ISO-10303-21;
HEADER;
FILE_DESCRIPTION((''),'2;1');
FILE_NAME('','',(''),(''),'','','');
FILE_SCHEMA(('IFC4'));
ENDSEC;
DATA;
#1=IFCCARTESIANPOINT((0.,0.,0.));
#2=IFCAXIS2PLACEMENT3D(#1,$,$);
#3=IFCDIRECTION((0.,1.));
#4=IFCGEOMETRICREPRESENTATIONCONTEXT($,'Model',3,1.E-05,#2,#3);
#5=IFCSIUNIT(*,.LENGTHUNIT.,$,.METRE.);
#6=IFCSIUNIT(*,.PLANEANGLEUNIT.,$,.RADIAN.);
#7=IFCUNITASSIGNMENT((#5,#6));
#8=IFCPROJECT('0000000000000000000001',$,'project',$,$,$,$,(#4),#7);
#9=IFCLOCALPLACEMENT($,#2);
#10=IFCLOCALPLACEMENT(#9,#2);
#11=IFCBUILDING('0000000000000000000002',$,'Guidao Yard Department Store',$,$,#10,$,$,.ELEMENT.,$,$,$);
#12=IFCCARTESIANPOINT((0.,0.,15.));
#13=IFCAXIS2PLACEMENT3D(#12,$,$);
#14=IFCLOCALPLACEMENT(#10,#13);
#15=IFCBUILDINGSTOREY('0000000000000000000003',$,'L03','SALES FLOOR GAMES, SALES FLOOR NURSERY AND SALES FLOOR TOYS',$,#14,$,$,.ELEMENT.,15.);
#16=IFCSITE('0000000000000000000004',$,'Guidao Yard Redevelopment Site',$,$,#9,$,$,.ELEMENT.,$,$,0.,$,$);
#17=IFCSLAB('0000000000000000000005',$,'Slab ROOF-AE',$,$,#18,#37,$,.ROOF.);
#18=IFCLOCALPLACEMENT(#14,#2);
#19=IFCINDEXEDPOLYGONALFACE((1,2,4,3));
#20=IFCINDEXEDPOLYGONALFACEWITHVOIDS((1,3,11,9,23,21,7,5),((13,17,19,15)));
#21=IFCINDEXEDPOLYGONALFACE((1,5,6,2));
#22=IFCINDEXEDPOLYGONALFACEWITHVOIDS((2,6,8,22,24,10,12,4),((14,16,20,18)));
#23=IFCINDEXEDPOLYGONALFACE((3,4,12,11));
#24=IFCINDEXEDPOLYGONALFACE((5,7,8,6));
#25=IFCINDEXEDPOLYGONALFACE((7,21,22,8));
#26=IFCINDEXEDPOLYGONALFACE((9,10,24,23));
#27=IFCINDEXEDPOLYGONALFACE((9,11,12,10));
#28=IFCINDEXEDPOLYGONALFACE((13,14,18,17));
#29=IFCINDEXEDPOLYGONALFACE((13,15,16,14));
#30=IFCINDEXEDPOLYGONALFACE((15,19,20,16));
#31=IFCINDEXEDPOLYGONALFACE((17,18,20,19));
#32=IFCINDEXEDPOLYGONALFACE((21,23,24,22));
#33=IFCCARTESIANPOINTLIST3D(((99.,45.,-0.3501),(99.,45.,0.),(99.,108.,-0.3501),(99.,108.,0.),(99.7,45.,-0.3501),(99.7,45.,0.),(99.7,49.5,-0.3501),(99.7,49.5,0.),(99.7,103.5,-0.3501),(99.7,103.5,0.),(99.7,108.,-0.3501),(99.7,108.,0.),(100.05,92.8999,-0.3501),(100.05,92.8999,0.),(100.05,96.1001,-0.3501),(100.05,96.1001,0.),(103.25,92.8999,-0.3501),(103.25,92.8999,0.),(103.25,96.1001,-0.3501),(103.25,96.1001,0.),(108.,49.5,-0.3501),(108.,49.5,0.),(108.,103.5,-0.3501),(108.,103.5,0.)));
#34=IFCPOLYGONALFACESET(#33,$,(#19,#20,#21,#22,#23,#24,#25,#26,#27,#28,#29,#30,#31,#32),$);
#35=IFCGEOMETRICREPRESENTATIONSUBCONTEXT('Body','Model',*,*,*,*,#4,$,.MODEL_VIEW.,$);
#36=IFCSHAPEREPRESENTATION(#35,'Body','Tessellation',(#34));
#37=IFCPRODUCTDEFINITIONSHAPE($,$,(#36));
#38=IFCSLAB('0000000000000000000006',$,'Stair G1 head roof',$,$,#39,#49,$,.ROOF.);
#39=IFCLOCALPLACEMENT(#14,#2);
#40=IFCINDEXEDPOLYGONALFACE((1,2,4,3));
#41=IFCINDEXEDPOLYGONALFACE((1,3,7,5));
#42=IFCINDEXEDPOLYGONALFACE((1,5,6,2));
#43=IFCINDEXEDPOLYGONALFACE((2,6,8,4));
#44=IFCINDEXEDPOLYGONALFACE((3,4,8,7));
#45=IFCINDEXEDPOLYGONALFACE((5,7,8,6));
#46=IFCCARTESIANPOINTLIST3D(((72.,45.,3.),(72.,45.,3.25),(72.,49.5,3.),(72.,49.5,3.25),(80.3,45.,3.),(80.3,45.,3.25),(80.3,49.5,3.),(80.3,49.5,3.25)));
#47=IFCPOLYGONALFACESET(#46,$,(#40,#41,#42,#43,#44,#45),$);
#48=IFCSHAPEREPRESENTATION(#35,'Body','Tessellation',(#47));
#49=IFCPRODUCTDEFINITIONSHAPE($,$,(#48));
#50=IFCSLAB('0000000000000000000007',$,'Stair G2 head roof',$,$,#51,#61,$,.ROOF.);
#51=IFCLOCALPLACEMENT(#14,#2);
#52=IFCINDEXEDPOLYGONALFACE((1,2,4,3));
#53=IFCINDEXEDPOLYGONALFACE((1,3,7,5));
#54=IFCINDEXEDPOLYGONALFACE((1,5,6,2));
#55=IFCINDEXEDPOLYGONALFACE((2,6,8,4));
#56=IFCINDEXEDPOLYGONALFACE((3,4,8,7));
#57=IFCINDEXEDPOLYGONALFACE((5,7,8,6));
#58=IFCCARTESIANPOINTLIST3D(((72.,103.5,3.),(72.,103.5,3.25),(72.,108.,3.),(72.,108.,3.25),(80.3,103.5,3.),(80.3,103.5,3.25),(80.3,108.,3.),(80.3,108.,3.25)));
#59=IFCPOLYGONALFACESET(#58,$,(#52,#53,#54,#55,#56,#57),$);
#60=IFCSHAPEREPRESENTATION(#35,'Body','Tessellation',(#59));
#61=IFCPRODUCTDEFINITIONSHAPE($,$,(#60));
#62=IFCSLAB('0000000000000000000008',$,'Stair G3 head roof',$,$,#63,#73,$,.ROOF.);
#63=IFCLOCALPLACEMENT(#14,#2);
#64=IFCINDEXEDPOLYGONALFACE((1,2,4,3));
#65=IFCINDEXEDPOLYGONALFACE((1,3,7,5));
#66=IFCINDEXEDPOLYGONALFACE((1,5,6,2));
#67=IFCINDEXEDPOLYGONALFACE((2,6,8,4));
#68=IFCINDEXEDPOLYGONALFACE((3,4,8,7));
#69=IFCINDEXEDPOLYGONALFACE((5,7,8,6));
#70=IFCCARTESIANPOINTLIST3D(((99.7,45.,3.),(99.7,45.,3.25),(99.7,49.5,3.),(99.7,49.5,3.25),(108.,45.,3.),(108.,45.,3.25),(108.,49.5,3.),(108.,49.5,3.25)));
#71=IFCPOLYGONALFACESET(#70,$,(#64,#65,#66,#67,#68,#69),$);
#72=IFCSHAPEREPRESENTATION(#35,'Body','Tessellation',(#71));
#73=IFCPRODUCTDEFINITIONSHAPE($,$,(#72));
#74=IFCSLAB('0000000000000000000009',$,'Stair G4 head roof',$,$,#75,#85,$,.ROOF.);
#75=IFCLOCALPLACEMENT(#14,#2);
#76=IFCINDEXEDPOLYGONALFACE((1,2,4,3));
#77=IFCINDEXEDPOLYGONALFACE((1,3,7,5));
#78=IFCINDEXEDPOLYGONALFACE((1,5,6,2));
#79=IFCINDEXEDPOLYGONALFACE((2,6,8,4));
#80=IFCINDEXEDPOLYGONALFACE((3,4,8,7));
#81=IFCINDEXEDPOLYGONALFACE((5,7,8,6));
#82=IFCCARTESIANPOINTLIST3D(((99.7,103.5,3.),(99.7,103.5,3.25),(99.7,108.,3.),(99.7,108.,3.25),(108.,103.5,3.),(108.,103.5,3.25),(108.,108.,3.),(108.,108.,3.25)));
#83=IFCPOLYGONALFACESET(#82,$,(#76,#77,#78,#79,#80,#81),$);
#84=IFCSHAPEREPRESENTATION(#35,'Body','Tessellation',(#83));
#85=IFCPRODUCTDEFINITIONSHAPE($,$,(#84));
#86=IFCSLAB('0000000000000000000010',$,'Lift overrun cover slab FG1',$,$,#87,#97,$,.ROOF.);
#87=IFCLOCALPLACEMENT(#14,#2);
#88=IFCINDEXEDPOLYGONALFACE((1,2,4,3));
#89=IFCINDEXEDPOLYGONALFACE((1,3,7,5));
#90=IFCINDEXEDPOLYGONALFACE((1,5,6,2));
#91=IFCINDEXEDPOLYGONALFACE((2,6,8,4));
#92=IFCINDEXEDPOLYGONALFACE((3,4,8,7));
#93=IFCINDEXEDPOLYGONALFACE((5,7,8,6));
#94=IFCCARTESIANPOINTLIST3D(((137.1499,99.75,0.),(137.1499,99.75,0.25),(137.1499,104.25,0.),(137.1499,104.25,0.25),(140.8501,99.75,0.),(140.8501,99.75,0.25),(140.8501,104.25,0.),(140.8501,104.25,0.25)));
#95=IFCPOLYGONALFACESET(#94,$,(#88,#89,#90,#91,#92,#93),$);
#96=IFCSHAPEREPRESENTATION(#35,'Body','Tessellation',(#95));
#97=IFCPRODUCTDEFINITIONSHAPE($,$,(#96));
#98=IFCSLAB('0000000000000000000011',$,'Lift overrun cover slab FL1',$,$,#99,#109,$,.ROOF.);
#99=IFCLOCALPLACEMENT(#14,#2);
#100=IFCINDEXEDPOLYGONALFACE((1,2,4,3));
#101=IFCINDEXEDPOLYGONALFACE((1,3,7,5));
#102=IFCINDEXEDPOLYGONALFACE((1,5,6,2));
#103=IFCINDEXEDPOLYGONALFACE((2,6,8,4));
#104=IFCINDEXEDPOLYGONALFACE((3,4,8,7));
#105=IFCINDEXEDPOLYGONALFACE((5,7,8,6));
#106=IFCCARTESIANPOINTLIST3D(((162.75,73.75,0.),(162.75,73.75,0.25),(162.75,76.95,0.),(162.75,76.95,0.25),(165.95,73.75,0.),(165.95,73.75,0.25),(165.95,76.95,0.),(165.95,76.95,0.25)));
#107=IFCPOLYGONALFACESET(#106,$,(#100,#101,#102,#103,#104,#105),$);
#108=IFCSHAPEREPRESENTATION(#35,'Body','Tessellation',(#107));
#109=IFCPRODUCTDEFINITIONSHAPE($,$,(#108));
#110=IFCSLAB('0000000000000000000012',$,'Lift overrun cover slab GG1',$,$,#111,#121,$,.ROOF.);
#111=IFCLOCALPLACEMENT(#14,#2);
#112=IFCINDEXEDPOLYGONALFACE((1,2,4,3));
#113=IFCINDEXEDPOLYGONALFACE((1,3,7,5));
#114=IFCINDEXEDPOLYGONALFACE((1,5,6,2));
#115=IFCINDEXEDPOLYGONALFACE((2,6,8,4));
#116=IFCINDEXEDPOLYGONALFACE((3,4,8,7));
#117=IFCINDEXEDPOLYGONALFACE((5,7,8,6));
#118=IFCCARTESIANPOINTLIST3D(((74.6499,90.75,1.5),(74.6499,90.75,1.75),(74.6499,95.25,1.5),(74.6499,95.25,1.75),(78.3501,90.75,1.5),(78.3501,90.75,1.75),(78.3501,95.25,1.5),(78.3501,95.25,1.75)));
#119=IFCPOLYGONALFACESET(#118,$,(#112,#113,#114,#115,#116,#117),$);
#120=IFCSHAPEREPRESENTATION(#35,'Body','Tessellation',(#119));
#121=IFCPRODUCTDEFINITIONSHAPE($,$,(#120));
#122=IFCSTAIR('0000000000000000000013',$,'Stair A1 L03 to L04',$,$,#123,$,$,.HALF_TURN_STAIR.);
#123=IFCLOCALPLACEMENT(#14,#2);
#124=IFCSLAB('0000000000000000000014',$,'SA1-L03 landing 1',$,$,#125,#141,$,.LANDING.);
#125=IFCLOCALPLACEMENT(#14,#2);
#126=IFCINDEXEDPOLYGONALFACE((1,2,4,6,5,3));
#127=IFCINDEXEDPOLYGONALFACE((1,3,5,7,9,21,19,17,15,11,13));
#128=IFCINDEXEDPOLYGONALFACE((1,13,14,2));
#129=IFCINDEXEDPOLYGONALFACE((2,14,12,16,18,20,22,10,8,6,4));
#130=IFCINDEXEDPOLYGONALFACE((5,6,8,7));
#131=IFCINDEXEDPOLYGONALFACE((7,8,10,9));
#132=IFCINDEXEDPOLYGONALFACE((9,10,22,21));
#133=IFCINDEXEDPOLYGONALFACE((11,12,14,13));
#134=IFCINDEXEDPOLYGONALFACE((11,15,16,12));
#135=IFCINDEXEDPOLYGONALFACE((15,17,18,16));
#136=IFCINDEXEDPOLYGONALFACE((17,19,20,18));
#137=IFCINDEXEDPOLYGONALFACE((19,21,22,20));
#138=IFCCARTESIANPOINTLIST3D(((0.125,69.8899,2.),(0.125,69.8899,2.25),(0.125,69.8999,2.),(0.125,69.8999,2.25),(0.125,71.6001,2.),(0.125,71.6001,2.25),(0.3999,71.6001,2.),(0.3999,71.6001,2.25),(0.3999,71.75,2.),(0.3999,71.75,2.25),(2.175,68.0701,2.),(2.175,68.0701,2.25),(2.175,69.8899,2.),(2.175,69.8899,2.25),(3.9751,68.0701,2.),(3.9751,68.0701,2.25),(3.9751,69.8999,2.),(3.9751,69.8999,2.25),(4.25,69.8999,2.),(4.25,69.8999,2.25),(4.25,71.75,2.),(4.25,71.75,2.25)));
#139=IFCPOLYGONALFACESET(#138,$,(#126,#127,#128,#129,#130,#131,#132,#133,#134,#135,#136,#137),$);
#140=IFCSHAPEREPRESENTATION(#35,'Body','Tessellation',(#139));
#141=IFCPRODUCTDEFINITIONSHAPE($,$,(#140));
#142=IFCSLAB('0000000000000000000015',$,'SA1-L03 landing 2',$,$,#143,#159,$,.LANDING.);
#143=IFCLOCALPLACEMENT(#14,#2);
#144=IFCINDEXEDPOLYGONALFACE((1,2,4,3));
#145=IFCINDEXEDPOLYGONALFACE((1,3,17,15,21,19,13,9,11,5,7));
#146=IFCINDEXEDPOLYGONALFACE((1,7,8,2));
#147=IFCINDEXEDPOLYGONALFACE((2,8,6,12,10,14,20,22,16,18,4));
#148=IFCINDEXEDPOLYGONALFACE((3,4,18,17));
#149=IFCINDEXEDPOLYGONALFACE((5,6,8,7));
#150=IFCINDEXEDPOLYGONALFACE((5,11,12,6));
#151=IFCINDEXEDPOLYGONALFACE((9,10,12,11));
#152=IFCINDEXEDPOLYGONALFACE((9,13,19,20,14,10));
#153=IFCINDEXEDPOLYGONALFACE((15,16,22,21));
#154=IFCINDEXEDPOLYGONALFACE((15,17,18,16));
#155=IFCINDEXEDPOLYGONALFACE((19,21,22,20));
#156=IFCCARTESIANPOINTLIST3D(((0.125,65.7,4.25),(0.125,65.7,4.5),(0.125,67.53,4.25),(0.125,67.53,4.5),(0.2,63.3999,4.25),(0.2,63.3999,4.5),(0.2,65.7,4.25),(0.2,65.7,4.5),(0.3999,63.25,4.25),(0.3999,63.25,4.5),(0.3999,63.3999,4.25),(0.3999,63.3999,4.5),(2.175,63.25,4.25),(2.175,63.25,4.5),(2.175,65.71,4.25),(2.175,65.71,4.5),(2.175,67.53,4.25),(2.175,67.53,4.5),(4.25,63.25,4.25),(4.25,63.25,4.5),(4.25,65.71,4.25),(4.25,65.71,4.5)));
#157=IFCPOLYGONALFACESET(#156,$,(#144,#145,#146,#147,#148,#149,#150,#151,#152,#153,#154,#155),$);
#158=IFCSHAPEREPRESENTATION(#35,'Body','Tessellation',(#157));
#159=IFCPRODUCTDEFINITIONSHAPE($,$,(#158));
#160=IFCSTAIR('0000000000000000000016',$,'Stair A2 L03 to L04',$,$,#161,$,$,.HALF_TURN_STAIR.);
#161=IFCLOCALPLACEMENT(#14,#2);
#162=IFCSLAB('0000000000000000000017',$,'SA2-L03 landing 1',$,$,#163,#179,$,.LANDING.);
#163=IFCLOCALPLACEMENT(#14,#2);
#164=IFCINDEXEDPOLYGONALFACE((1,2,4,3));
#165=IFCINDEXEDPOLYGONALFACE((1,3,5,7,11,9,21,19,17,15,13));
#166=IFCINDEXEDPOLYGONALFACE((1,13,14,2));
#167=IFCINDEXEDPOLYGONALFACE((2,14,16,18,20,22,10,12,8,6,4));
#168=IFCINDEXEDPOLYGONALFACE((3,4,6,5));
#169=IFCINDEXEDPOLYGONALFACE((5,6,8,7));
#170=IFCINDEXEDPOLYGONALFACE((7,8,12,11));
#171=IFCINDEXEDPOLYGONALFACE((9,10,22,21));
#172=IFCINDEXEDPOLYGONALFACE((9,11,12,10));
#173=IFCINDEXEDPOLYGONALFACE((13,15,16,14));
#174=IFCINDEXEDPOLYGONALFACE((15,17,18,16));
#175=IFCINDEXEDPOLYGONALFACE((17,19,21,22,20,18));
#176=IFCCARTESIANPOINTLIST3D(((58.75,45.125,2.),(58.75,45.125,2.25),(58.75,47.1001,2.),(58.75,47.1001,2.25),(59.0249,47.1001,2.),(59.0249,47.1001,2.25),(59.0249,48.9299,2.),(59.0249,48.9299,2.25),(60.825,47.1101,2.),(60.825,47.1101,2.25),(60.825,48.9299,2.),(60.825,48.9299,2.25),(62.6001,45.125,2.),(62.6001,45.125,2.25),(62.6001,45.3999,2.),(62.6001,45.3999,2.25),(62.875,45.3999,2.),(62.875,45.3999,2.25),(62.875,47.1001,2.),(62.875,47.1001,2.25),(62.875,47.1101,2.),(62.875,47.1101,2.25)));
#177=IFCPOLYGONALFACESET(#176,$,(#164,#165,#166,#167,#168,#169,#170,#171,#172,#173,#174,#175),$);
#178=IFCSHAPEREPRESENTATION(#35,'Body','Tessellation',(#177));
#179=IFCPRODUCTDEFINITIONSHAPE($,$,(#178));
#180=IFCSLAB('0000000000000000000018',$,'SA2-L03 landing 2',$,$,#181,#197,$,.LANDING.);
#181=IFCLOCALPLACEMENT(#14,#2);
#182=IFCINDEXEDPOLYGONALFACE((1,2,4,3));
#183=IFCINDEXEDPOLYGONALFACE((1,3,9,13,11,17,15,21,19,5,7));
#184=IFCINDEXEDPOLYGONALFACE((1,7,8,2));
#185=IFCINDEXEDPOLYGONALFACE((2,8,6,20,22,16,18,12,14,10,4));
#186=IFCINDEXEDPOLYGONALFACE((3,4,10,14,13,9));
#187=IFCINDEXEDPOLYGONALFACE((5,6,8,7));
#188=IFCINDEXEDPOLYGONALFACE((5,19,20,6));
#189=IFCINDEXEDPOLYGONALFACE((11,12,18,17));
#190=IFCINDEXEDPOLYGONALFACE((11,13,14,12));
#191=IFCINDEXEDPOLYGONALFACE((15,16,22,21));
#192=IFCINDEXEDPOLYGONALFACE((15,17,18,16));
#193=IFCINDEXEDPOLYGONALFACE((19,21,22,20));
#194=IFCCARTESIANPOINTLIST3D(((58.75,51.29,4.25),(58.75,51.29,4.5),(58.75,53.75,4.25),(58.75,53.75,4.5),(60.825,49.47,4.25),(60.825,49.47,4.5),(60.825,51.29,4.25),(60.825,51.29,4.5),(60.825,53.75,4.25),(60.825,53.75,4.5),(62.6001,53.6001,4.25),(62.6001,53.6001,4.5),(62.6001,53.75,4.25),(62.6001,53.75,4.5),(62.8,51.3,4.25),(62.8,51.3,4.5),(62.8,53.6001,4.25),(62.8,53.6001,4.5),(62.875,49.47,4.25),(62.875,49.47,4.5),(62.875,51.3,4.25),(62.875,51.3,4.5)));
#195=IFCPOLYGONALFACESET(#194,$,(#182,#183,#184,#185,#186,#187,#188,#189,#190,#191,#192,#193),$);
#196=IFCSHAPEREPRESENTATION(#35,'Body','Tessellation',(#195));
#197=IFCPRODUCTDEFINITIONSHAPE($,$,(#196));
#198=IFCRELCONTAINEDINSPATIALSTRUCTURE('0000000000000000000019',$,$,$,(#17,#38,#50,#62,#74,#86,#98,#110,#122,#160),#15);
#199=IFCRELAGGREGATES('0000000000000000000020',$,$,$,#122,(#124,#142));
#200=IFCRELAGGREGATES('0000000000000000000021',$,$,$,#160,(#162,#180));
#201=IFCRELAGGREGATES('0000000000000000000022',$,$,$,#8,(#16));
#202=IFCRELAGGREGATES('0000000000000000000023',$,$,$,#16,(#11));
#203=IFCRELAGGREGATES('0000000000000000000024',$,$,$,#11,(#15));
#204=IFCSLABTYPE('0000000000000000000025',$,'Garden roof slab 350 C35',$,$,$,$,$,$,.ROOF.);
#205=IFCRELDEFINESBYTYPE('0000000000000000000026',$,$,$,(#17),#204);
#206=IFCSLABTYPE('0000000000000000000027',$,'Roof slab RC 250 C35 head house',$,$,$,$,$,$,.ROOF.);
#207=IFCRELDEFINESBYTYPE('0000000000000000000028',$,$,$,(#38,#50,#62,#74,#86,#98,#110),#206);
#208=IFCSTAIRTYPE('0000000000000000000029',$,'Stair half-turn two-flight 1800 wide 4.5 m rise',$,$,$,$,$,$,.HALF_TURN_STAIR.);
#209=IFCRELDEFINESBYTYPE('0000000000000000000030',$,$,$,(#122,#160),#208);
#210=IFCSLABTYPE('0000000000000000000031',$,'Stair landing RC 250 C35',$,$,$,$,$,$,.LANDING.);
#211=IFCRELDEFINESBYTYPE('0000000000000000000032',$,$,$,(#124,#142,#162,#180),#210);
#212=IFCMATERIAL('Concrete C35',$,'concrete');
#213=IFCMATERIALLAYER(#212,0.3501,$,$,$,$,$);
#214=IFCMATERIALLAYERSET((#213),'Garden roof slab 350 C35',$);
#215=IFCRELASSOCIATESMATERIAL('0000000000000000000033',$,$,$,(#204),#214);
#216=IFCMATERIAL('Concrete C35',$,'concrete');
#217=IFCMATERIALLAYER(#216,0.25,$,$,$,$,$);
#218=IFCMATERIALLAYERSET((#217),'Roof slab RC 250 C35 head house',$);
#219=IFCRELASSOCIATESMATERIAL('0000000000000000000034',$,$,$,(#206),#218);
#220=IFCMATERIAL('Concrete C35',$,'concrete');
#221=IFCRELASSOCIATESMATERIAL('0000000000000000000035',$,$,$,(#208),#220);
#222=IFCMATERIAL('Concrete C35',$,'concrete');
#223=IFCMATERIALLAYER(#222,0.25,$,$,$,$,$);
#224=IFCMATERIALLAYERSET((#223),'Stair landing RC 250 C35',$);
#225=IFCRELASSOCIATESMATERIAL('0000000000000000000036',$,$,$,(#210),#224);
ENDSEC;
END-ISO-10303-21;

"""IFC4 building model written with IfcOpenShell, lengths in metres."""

from ifc_helpers import new_model, si_unit, direction, frame, origin, place, context, subcontext, project, spatial, polyline, outline, extrude, material, layer, layer_set, type_object, element, aggregate, save


model = new_model("IFC4")

# Units and contexts
model_context = context("Model", 3, precision=1e-05, world=origin(), true_north=direction((0.0, 1.0)))
body_context = subcontext(model_context, "Body", "Model", "MODEL_VIEW")
ifc_project = project(units=[si_unit("LENGTHUNIT", "METRE"), si_unit("PLANEANGLEUNIT", "RADIAN")], contexts=[model_context])

# Site, building, storey
site_placement = place(None, origin())
site = spatial("IfcSite", under=ifc_project, at=site_placement, Name="Guidao Yard Redevelopment Site", CompositionType="ELEMENT", RefElevation=0.0)
building_placement = place(site_placement, origin())
building = spatial("IfcBuilding", under=site, at=building_placement, Name="Guidao Yard Department Store", CompositionType="ELEMENT")
storey_placement = place(building_placement, frame((0.0, 0.0, 15.0)))
storey = spatial("IfcBuildingStorey", under=building, at=storey_placement, Name="L03", Description="SALES FLOOR GAMES, SALES FLOOR NURSERY AND SALES FLOOR TOYS", CompositionType="ELEMENT", Elevation=15.0)

# Slabs
ifc_material_1 = material(Name="Concrete C35", Category="concrete")
ifc_layer_1 = layer(ifc_material_1, 0.3501)
ifc_layer_set_1 = layer_set([ifc_layer_1], Name="Garden roof slab 350 C35")
slab_type_1 = type_object("IfcSlabType", Name="Garden roof slab 350 C35", PredefinedType="ROOF", material=ifc_layer_set_1)
slab_1_placement = place(storey_placement, frame((0.0, 0.0, -0.3501)))
element("IfcSlab", 1, at=slab_1_placement, inside=storey, type_object=slab_type_1, Name="Slab ROOF-AE", PredefinedType="ROOF", context=body_context, shape_type="SweptSolid", body=[
    extrude(outline(polyline([(99.7, 103.5), (108.0, 103.5), (108.0, 49.5), (99.7, 49.5), (99.7, 45.0), (99.0, 45.0), (99.0, 108.0), (99.7, 108.0), (99.7, 103.5)]), holes=[polyline([(103.25, 92.8999), (103.25, 96.1001), (100.05, 96.1001), (100.05, 92.8999), (103.25, 92.8999)])]), origin(), (0.0, 0.0, 1.0), 0.3501),
])
ifc_material_2 = material(Name="Concrete C35", Category="concrete")
ifc_layer_2 = layer(ifc_material_2, 0.25)
ifc_layer_set_2 = layer_set([ifc_layer_2], Name="Roof slab RC 250 C35 head house")
slab_type_2 = type_object("IfcSlabType", Name="Roof slab RC 250 C35 head house", PredefinedType="ROOF", material=ifc_layer_set_2)
slab_2_placement = place(storey_placement, frame((0.0, 0.0, 3.0)))
element("IfcSlab", 2, at=slab_2_placement, inside=storey, type_object=slab_type_2, Name="Stair G1 head roof", PredefinedType="ROOF", context=body_context, shape_type="SweptSolid", body=[
    extrude(outline(polyline([(72.0, 45.0), (80.3, 45.0), (80.3, 49.5), (72.0, 49.5), (72.0, 45.0)])), origin(), (0.0, 0.0, 1.0), 0.25),
])
slab_3_placement = place(storey_placement, frame((0.0, 0.0, 3.0)))
element("IfcSlab", 3, at=slab_3_placement, inside=storey, type_object=slab_type_2, Name="Stair G2 head roof", PredefinedType="ROOF", context=body_context, shape_type="SweptSolid", body=[
    extrude(outline(polyline([(72.0, 103.5), (80.3, 103.5), (80.3, 108.0), (72.0, 108.0), (72.0, 103.5)])), origin(), (0.0, 0.0, 1.0), 0.25),
])
slab_4_placement = place(storey_placement, frame((0.0, 0.0, 3.0)))
element("IfcSlab", 4, at=slab_4_placement, inside=storey, type_object=slab_type_2, Name="Stair G3 head roof", PredefinedType="ROOF", context=body_context, shape_type="SweptSolid", body=[
    extrude(outline(polyline([(99.7, 45.0), (108.0, 45.0), (108.0, 49.5), (99.7, 49.5), (99.7, 45.0)])), origin(), (0.0, 0.0, 1.0), 0.25),
])
slab_5_placement = place(storey_placement, frame((0.0, 0.0, 3.0)))
element("IfcSlab", 5, at=slab_5_placement, inside=storey, type_object=slab_type_2, Name="Stair G4 head roof", PredefinedType="ROOF", context=body_context, shape_type="SweptSolid", body=[
    extrude(outline(polyline([(99.7, 103.5), (108.0, 103.5), (108.0, 108.0), (99.7, 108.0), (99.7, 103.5)])), origin(), (0.0, 0.0, 1.0), 0.25),
])
slab_6_placement = place(storey_placement, origin())
element("IfcSlab", 6, at=slab_6_placement, inside=storey, type_object=slab_type_2, Name="Lift overrun cover slab FG1", PredefinedType="ROOF", context=body_context, shape_type="SweptSolid", body=[
    extrude(outline(polyline([(137.1499, 99.75), (140.8501, 99.75), (140.8501, 104.25), (137.1499, 104.25), (137.1499, 99.75)])), origin(), (0.0, 0.0, 1.0), 0.25),
])
slab_7_placement = place(storey_placement, origin())
element("IfcSlab", 7, at=slab_7_placement, inside=storey, type_object=slab_type_2, Name="Lift overrun cover slab FL1", PredefinedType="ROOF", context=body_context, shape_type="SweptSolid", body=[
    extrude(outline(polyline([(162.75, 73.75), (165.95, 73.75), (165.95, 76.95), (162.75, 76.95), (162.75, 73.75)])), origin(), (0.0, 0.0, 1.0), 0.25),
])
slab_8_placement = place(storey_placement, frame((0.0, 0.0, 1.5)))
element("IfcSlab", 8, at=slab_8_placement, inside=storey, type_object=slab_type_2, Name="Lift overrun cover slab GG1", PredefinedType="ROOF", context=body_context, shape_type="SweptSolid", body=[
    extrude(outline(polyline([(74.6499, 90.75), (78.3501, 90.75), (78.3501, 95.25), (74.6499, 95.25), (74.6499, 90.75)])), origin(), (0.0, 0.0, 1.0), 0.25),
])

# Stairs, slabs
ifc_material_3 = material(Name="Concrete C35", Category="concrete")
stair_type_1 = type_object("IfcStairType", Name="Stair half-turn two-flight 1800 wide 4.5 m rise", PredefinedType="HALF_TURN_STAIR", material=ifc_material_3)
stair_1_placement = place(storey_placement, origin())
stair_1 = element("IfcStair", 9, at=stair_1_placement, inside=storey, type_object=stair_type_1, Name="Stair A1 L03 to L04", PredefinedType="HALF_TURN_STAIR")
ifc_material_4 = material(Name="Concrete C35", Category="concrete")
ifc_layer_3 = layer(ifc_material_4, 0.25)
ifc_layer_set_3 = layer_set([ifc_layer_3], Name="Stair landing RC 250 C35")
slab_type_3 = type_object("IfcSlabType", Name="Stair landing RC 250 C35", PredefinedType="LANDING", material=ifc_layer_set_3)
slab_9_placement = place(storey_placement, frame((0.0, 0.0, 2.0)))
slab_9 = element("IfcSlab", 10, at=slab_9_placement, type_object=slab_type_3, Name="SA1-L03 landing 1", PredefinedType="LANDING", context=body_context, shape_type="SweptSolid", body=[
    extrude(outline(polyline([(2.175, 69.8899), (0.125, 69.8899), (0.125, 69.8999), (0.125, 71.6001), (0.3999, 71.6001), (0.3999, 71.75), (4.25, 71.75), (4.25, 69.8999), (3.9751, 69.8999), (3.9751, 68.0701), (2.175, 68.0701), (2.175, 69.8899)])), origin(), (0.0, 0.0, 1.0), 0.25),
])
slab_10_placement = place(storey_placement, frame((0.0, 0.0, 4.25)))
slab_10 = element("IfcSlab", 11, at=slab_10_placement, type_object=slab_type_3, Name="SA1-L03 landing 2", PredefinedType="LANDING", context=body_context, shape_type="SweptSolid", body=[
    extrude(outline(polyline([(0.125, 65.7), (0.125, 67.53), (2.175, 67.53), (2.175, 65.71), (4.25, 65.71), (4.25, 63.25), (2.175, 63.25), (0.3999, 63.25), (0.3999, 63.3999), (0.2, 63.3999), (0.2, 65.7), (0.125, 65.7)])), origin(), (0.0, 0.0, 1.0), 0.25),
])
aggregate(stair_1, [slab_9, slab_10])
stair_2_placement = place(storey_placement, origin())
stair_2 = element("IfcStair", 12, at=stair_2_placement, inside=storey, type_object=stair_type_1, Name="Stair A2 L03 to L04", PredefinedType="HALF_TURN_STAIR")
slab_11_placement = place(storey_placement, frame((0.0, 0.0, 2.0)))
slab_11 = element("IfcSlab", 13, at=slab_11_placement, type_object=slab_type_3, Name="SA2-L03 landing 1", PredefinedType="LANDING", context=body_context, shape_type="SweptSolid", body=[
    extrude(outline(polyline([(58.75, 47.1001), (59.0249, 47.1001), (59.0249, 48.9299), (60.825, 48.9299), (60.825, 47.1101), (62.875, 47.1101), (62.875, 47.1001), (62.875, 45.3999), (62.6001, 45.3999), (62.6001, 45.125), (58.75, 45.125), (58.75, 47.1001)])), origin(), (0.0, 0.0, 1.0), 0.25),
])
slab_12_placement = place(storey_placement, frame((0.0, 0.0, 4.25)))
slab_12 = element("IfcSlab", 14, at=slab_12_placement, type_object=slab_type_3, Name="SA2-L03 landing 2", PredefinedType="LANDING", context=body_context, shape_type="SweptSolid", body=[
    extrude(outline(polyline([(60.825, 49.47), (60.825, 51.29), (58.75, 51.29), (58.75, 53.75), (60.825, 53.75), (62.6001, 53.75), (62.6001, 53.6001), (62.8, 53.6001), (62.8, 51.3), (62.875, 51.3), (62.875, 49.47), (60.825, 49.47)])), origin(), (0.0, 0.0, 1.0), 0.25),
])
aggregate(stair_2, [slab_11, slab_12])

save(model, "model.ifc")
